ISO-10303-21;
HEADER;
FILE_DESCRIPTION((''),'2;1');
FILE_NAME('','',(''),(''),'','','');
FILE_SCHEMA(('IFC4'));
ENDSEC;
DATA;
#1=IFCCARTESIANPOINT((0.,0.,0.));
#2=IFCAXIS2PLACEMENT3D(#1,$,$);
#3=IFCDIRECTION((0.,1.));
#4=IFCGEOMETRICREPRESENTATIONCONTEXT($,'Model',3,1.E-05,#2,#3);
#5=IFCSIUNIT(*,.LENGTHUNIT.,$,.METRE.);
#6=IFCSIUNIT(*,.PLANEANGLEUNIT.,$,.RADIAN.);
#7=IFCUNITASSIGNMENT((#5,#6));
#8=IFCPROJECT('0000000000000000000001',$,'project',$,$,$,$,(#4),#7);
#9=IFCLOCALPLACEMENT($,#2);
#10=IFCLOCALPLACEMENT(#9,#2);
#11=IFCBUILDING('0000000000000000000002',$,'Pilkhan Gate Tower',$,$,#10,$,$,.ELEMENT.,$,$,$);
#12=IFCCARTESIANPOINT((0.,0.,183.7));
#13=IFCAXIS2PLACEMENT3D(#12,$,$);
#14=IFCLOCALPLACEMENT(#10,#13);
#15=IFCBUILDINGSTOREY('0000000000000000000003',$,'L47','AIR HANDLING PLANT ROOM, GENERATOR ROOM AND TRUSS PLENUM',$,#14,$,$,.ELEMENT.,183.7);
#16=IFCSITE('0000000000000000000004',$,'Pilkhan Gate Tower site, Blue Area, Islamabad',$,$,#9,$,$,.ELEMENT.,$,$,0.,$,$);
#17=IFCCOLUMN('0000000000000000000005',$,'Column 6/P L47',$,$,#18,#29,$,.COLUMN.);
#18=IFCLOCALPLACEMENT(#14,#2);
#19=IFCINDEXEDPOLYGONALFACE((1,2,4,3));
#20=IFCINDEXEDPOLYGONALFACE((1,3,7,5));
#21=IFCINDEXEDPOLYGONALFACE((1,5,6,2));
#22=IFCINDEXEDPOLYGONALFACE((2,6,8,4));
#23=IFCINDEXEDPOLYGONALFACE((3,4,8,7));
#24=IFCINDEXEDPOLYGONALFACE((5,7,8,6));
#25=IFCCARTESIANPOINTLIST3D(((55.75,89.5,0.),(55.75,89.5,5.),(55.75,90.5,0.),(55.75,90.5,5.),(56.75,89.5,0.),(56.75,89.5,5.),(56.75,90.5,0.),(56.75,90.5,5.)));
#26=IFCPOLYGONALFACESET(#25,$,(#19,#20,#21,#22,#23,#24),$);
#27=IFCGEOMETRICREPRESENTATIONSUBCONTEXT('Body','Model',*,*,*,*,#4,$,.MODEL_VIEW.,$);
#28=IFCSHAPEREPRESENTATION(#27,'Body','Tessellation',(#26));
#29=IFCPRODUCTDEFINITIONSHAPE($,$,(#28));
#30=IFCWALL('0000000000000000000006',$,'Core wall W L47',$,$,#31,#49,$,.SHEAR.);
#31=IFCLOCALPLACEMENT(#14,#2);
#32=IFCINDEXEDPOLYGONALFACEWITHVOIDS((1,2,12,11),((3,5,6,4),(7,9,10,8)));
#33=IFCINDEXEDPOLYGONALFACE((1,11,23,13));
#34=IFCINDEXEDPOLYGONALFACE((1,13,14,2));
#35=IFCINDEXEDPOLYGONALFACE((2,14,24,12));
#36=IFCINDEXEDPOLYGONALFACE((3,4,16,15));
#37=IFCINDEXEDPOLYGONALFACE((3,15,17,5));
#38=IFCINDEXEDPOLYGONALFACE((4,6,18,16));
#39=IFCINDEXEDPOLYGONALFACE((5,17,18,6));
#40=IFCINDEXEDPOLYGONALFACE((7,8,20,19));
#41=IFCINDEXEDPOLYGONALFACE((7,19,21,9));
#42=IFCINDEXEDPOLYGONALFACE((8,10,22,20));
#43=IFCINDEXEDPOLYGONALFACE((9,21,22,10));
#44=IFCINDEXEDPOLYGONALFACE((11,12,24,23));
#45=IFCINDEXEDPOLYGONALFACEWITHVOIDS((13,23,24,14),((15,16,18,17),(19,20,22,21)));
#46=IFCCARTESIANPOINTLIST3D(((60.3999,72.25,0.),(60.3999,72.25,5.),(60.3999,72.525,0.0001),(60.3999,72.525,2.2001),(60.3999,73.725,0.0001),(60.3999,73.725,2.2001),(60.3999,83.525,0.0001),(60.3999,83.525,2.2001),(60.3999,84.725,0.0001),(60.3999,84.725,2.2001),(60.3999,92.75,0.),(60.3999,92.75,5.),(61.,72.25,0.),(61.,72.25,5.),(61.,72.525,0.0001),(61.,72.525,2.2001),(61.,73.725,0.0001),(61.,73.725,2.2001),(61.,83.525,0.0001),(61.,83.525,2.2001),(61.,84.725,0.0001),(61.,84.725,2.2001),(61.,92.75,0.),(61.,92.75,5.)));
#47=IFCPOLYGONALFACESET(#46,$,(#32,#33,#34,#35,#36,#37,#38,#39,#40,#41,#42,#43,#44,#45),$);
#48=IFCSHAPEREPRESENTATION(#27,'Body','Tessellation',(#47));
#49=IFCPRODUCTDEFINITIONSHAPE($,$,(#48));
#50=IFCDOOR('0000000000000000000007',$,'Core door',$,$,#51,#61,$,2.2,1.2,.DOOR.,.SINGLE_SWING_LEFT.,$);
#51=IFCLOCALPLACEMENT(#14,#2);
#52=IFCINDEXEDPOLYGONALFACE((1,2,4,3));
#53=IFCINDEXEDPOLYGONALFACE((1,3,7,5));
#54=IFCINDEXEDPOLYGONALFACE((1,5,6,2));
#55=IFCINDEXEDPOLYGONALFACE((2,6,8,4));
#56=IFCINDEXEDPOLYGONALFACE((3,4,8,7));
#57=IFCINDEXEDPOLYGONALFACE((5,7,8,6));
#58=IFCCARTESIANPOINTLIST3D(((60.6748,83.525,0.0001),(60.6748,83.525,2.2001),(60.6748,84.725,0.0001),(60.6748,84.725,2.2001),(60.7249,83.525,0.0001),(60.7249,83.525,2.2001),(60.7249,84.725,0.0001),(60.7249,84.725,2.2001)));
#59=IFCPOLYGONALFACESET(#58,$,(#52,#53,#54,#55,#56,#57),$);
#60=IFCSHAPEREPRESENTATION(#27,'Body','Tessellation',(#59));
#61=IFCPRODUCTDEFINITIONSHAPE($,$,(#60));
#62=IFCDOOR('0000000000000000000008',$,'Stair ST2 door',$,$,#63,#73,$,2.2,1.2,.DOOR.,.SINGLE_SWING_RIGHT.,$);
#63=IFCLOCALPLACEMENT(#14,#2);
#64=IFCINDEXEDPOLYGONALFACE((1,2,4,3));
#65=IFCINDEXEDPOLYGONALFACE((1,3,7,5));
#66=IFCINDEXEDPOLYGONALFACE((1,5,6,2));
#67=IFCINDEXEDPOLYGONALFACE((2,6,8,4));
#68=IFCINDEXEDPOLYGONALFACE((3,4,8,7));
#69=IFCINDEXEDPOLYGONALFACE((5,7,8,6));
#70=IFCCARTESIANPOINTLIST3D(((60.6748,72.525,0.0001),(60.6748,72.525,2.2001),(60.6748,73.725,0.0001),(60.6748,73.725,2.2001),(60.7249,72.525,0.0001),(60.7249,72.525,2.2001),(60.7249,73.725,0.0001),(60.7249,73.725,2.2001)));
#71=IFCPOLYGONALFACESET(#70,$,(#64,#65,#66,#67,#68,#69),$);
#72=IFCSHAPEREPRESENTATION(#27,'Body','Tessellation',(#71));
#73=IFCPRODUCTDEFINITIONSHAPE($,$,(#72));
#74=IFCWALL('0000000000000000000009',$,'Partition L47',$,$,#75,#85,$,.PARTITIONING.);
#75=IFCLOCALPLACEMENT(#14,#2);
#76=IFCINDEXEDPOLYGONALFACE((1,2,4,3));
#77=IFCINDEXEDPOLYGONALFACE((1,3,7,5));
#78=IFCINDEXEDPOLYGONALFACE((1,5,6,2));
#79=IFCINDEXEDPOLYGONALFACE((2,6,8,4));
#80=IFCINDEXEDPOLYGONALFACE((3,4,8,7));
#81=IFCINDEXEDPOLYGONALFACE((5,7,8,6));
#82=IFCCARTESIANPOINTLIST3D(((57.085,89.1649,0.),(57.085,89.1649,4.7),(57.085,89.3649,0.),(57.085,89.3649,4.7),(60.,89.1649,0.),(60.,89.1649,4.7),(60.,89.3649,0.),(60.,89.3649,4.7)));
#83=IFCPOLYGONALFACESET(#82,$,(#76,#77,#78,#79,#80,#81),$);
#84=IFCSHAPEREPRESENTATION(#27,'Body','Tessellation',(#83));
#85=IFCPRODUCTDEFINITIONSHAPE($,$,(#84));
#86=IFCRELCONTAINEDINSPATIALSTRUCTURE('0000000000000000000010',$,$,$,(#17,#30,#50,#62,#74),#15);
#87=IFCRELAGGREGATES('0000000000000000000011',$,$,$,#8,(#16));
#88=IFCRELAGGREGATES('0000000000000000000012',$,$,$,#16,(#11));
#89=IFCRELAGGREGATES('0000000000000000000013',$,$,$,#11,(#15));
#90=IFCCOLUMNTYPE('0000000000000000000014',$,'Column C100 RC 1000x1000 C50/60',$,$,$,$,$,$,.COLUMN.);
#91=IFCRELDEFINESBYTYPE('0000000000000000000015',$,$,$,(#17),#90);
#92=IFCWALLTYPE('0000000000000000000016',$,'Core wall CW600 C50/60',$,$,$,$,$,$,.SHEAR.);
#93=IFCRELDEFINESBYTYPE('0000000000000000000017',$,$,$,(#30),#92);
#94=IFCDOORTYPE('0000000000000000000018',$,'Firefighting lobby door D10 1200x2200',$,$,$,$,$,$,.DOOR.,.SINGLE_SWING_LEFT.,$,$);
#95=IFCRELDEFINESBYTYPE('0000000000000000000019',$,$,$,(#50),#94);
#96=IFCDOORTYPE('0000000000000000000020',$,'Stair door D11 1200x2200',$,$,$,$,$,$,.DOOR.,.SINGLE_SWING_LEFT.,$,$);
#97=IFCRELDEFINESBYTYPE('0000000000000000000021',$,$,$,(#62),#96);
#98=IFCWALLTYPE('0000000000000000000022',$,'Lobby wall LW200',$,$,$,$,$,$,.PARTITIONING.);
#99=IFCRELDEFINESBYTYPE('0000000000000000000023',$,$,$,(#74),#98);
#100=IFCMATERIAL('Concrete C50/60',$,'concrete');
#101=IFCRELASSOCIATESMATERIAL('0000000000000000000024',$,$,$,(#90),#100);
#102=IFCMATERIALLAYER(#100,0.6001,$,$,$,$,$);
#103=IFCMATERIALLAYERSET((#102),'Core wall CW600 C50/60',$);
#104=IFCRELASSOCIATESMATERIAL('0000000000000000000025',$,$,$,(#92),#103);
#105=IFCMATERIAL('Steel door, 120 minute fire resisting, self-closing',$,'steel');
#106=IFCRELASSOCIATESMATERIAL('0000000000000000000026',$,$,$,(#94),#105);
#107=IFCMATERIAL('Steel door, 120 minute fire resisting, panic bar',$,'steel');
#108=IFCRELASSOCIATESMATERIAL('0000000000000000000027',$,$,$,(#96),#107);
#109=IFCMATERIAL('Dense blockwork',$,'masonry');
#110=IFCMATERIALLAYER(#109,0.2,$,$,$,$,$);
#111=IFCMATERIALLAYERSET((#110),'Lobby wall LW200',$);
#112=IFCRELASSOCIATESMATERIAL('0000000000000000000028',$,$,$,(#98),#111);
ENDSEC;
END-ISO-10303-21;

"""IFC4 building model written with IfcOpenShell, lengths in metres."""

from ifc_helpers import new_model, si_unit, direction, frame, frame_2d, origin, origin_2d, place, context, subcontext, project, spatial, rectangle, extrude, material, layer, layer_set, material_profile, profile_set, type_object, element, fill, save


model = new_model("IFC4")

# Units and contexts
model_context = context("Model", 3, precision=1e-05, world=origin(), true_north=direction((0.0, 1.0)))
body_context = subcontext(model_context, "Body", "Model", "MODEL_VIEW")
ifc_project = project(units=[si_unit("LENGTHUNIT", "METRE"), si_unit("PLANEANGLEUNIT", "RADIAN")], contexts=[model_context])

# Site, building, storey
site_placement = place(None, origin())
site = spatial("IfcSite", under=ifc_project, at=site_placement, Name="Pilkhan Gate Tower site, Blue Area, Islamabad", CompositionType="ELEMENT", RefElevation=0.0)
building_placement = place(site_placement, origin())
building = spatial("IfcBuilding", under=site, at=building_placement, Name="Pilkhan Gate Tower", CompositionType="ELEMENT")
storey_placement = place(building_placement, frame((0.0, 0.0, 183.7)))
storey = spatial("IfcBuildingStorey", under=building, at=storey_placement, Name="L47", Description="AIR HANDLING PLANT ROOM, GENERATOR ROOM AND TRUSS PLENUM", CompositionType="ELEMENT", Elevation=183.7)

# Column
ifc_material_1 = material(Name="Concrete C50/60", Category="concrete")
ifc_material_profile = material_profile(ifc_material_1, rectangle(XDim=1.0, YDim=1.0, at=origin_2d()), Name="RC 1000x1000")
ifc_profile_set = profile_set([ifc_material_profile], Name="Concrete C50/60")
column_type = type_object("IfcColumnType", Name="Column C100 RC 1000x1000 C50/60", PredefinedType="COLUMN", material=ifc_profile_set)
column_placement = place(storey_placement, frame((56.25, 90.0, 0.0), z_axis=(0.0, 0.0, 1.0), x_axis=(1.0, 0.0, 0.0)))
element("IfcColumn", 1, at=column_placement, inside=storey, type_object=column_type, Name="Column 6/P L47", PredefinedType="COLUMN", context=body_context, shape_type="SweptSolid", body=[
    extrude(rectangle(XDim=1.0, YDim=1.0, at=origin_2d()), origin(), (0.0, 0.0, 1.0), 5.0),
])

# Wall, openings, doors
ifc_layer_1 = layer(ifc_material_1, 0.6001)
ifc_layer_set_1 = layer_set([ifc_layer_1], Name="Core wall CW600 C50/60")
wall_type_1 = type_object("IfcWallType", Name="Core wall CW600 C50/60", PredefinedType="SHEAR", material=ifc_layer_set_1)
wall_1_placement = place(storey_placement, frame((60.7, 92.75, 0.0), z_axis=(0.0, 0.0, 1.0), x_axis=(0.0, -1.0, 0.0)))
wall_1 = element("IfcWall", 2, at=wall_1_placement, inside=storey, type_object=wall_type_1, Name="Core wall W L47", PredefinedType="SHEAR", context=body_context, shape_type="SweptSolid", body=[
    extrude(rectangle(XDim=20.5, YDim=0.6001, at=frame_2d((10.25, 0.0))), origin(), (0.0, 0.0, 1.0), 5.0),
])
opening_1_placement = place(wall_1_placement, frame((19.0249, 0.0, 0.0)))
opening_1 = element("IfcOpeningElement", 3, at=opening_1_placement, cuts=wall_1, PredefinedType="OPENING", context=body_context, shape_type="SweptSolid", body=[
    extrude(rectangle(XDim=1.2, YDim=2.2, at=frame_2d((0.6001, 1.1001))), frame((0.0, 0.3101, 0.0), z_axis=(0.0, -1.0, 0.0), x_axis=(1.0, 0.0, 0.0)), (0.0, 0.0, 1.0), 0.6201),
])
opening_2_placement = place(wall_1_placement, frame((8.0249, 0.0, 0.0)))
opening_2 = element("IfcOpeningElement", 4, at=opening_2_placement, cuts=wall_1, PredefinedType="OPENING", context=body_context, shape_type="SweptSolid", body=[
    extrude(rectangle(XDim=1.2, YDim=2.2, at=frame_2d((0.6001, 1.1001))), frame((0.0, 0.3101, 0.0), z_axis=(0.0, -1.0, 0.0), x_axis=(1.0, 0.0, 0.0)), (0.0, 0.0, 1.0), 0.6201),
])
ifc_material_2 = material(Name="Steel door, 120 minute fire resisting, self-closing", Category="steel")
door_type_1 = type_object("IfcDoorType", Name="Firefighting lobby door D10 1200x2200", OperationType="SINGLE_SWING_LEFT", PredefinedType="DOOR", material=ifc_material_2)
door_1_placement = place(opening_2_placement, origin())
door_1 = element("IfcDoor", 5, at=door_1_placement, inside=storey, type_object=door_type_1, Name="Core door", OperationType="SINGLE_SWING_LEFT", OverallHeight=2.2, OverallWidth=1.2, PredefinedType="DOOR", context=body_context, shape_type="SweptSolid", body=[
    extrude(rectangle(XDim=1.2, YDim=2.2, at=frame_2d((0.6001, 1.1001))), frame((0.0, 0.0249, 0.0), z_axis=(0.0, -1.0, 0.0), x_axis=(1.0, 0.0, 0.0)), (0.0, 0.0, 1.0), 0.05),
])
fill(opening_2, door_1)
ifc_material_3 = material(Name="Steel door, 120 minute fire resisting, panic bar", Category="steel")
door_type_2 = type_object("IfcDoorType", Name="Stair door D11 1200x2200", OperationType="SINGLE_SWING_LEFT", PredefinedType="DOOR", material=ifc_material_3)
door_2_placement = place(opening_1_placement, origin())
door_2 = element("IfcDoor", 6, at=door_2_placement, inside=storey, type_object=door_type_2, Name="Stair ST2 door", OperationType="SINGLE_SWING_RIGHT", OverallHeight=2.2, OverallWidth=1.2, PredefinedType="DOOR", context=body_context, shape_type="SweptSolid", body=[
    extrude(rectangle(XDim=1.2, YDim=2.2, at=frame_2d((0.6001, 1.1001))), frame((0.0, 0.0249, 0.0), z_axis=(0.0, -1.0, 0.0), x_axis=(1.0, 0.0, 0.0)), (0.0, 0.0, 1.0), 0.05),
])
fill(opening_1, door_2)

# Wall
ifc_material_4 = material(Name="Dense blockwork", Category="masonry")
ifc_layer_2 = layer(ifc_material_4, 0.2)
ifc_layer_set_2 = layer_set([ifc_layer_2], Name="Lobby wall LW200")
wall_type_2 = type_object("IfcWallType", Name="Lobby wall LW200", PredefinedType="PARTITIONING", material=ifc_layer_set_2)
wall_2_placement = place(storey_placement, frame((57.085, 89.2649, 0.0), z_axis=(0.0, 0.0, 1.0), x_axis=(1.0, 0.0, 0.0)))
element("IfcWall", 7, at=wall_2_placement, inside=storey, type_object=wall_type_2, Name="Partition L47", PredefinedType="PARTITIONING", context=body_context, shape_type="SweptSolid", body=[
    extrude(rectangle(XDim=2.915, YDim=0.2, at=frame_2d((1.4575, 0.0))), origin(), (0.0, 0.0, 1.0), 4.7),
])

save(model, "model.ifc")
